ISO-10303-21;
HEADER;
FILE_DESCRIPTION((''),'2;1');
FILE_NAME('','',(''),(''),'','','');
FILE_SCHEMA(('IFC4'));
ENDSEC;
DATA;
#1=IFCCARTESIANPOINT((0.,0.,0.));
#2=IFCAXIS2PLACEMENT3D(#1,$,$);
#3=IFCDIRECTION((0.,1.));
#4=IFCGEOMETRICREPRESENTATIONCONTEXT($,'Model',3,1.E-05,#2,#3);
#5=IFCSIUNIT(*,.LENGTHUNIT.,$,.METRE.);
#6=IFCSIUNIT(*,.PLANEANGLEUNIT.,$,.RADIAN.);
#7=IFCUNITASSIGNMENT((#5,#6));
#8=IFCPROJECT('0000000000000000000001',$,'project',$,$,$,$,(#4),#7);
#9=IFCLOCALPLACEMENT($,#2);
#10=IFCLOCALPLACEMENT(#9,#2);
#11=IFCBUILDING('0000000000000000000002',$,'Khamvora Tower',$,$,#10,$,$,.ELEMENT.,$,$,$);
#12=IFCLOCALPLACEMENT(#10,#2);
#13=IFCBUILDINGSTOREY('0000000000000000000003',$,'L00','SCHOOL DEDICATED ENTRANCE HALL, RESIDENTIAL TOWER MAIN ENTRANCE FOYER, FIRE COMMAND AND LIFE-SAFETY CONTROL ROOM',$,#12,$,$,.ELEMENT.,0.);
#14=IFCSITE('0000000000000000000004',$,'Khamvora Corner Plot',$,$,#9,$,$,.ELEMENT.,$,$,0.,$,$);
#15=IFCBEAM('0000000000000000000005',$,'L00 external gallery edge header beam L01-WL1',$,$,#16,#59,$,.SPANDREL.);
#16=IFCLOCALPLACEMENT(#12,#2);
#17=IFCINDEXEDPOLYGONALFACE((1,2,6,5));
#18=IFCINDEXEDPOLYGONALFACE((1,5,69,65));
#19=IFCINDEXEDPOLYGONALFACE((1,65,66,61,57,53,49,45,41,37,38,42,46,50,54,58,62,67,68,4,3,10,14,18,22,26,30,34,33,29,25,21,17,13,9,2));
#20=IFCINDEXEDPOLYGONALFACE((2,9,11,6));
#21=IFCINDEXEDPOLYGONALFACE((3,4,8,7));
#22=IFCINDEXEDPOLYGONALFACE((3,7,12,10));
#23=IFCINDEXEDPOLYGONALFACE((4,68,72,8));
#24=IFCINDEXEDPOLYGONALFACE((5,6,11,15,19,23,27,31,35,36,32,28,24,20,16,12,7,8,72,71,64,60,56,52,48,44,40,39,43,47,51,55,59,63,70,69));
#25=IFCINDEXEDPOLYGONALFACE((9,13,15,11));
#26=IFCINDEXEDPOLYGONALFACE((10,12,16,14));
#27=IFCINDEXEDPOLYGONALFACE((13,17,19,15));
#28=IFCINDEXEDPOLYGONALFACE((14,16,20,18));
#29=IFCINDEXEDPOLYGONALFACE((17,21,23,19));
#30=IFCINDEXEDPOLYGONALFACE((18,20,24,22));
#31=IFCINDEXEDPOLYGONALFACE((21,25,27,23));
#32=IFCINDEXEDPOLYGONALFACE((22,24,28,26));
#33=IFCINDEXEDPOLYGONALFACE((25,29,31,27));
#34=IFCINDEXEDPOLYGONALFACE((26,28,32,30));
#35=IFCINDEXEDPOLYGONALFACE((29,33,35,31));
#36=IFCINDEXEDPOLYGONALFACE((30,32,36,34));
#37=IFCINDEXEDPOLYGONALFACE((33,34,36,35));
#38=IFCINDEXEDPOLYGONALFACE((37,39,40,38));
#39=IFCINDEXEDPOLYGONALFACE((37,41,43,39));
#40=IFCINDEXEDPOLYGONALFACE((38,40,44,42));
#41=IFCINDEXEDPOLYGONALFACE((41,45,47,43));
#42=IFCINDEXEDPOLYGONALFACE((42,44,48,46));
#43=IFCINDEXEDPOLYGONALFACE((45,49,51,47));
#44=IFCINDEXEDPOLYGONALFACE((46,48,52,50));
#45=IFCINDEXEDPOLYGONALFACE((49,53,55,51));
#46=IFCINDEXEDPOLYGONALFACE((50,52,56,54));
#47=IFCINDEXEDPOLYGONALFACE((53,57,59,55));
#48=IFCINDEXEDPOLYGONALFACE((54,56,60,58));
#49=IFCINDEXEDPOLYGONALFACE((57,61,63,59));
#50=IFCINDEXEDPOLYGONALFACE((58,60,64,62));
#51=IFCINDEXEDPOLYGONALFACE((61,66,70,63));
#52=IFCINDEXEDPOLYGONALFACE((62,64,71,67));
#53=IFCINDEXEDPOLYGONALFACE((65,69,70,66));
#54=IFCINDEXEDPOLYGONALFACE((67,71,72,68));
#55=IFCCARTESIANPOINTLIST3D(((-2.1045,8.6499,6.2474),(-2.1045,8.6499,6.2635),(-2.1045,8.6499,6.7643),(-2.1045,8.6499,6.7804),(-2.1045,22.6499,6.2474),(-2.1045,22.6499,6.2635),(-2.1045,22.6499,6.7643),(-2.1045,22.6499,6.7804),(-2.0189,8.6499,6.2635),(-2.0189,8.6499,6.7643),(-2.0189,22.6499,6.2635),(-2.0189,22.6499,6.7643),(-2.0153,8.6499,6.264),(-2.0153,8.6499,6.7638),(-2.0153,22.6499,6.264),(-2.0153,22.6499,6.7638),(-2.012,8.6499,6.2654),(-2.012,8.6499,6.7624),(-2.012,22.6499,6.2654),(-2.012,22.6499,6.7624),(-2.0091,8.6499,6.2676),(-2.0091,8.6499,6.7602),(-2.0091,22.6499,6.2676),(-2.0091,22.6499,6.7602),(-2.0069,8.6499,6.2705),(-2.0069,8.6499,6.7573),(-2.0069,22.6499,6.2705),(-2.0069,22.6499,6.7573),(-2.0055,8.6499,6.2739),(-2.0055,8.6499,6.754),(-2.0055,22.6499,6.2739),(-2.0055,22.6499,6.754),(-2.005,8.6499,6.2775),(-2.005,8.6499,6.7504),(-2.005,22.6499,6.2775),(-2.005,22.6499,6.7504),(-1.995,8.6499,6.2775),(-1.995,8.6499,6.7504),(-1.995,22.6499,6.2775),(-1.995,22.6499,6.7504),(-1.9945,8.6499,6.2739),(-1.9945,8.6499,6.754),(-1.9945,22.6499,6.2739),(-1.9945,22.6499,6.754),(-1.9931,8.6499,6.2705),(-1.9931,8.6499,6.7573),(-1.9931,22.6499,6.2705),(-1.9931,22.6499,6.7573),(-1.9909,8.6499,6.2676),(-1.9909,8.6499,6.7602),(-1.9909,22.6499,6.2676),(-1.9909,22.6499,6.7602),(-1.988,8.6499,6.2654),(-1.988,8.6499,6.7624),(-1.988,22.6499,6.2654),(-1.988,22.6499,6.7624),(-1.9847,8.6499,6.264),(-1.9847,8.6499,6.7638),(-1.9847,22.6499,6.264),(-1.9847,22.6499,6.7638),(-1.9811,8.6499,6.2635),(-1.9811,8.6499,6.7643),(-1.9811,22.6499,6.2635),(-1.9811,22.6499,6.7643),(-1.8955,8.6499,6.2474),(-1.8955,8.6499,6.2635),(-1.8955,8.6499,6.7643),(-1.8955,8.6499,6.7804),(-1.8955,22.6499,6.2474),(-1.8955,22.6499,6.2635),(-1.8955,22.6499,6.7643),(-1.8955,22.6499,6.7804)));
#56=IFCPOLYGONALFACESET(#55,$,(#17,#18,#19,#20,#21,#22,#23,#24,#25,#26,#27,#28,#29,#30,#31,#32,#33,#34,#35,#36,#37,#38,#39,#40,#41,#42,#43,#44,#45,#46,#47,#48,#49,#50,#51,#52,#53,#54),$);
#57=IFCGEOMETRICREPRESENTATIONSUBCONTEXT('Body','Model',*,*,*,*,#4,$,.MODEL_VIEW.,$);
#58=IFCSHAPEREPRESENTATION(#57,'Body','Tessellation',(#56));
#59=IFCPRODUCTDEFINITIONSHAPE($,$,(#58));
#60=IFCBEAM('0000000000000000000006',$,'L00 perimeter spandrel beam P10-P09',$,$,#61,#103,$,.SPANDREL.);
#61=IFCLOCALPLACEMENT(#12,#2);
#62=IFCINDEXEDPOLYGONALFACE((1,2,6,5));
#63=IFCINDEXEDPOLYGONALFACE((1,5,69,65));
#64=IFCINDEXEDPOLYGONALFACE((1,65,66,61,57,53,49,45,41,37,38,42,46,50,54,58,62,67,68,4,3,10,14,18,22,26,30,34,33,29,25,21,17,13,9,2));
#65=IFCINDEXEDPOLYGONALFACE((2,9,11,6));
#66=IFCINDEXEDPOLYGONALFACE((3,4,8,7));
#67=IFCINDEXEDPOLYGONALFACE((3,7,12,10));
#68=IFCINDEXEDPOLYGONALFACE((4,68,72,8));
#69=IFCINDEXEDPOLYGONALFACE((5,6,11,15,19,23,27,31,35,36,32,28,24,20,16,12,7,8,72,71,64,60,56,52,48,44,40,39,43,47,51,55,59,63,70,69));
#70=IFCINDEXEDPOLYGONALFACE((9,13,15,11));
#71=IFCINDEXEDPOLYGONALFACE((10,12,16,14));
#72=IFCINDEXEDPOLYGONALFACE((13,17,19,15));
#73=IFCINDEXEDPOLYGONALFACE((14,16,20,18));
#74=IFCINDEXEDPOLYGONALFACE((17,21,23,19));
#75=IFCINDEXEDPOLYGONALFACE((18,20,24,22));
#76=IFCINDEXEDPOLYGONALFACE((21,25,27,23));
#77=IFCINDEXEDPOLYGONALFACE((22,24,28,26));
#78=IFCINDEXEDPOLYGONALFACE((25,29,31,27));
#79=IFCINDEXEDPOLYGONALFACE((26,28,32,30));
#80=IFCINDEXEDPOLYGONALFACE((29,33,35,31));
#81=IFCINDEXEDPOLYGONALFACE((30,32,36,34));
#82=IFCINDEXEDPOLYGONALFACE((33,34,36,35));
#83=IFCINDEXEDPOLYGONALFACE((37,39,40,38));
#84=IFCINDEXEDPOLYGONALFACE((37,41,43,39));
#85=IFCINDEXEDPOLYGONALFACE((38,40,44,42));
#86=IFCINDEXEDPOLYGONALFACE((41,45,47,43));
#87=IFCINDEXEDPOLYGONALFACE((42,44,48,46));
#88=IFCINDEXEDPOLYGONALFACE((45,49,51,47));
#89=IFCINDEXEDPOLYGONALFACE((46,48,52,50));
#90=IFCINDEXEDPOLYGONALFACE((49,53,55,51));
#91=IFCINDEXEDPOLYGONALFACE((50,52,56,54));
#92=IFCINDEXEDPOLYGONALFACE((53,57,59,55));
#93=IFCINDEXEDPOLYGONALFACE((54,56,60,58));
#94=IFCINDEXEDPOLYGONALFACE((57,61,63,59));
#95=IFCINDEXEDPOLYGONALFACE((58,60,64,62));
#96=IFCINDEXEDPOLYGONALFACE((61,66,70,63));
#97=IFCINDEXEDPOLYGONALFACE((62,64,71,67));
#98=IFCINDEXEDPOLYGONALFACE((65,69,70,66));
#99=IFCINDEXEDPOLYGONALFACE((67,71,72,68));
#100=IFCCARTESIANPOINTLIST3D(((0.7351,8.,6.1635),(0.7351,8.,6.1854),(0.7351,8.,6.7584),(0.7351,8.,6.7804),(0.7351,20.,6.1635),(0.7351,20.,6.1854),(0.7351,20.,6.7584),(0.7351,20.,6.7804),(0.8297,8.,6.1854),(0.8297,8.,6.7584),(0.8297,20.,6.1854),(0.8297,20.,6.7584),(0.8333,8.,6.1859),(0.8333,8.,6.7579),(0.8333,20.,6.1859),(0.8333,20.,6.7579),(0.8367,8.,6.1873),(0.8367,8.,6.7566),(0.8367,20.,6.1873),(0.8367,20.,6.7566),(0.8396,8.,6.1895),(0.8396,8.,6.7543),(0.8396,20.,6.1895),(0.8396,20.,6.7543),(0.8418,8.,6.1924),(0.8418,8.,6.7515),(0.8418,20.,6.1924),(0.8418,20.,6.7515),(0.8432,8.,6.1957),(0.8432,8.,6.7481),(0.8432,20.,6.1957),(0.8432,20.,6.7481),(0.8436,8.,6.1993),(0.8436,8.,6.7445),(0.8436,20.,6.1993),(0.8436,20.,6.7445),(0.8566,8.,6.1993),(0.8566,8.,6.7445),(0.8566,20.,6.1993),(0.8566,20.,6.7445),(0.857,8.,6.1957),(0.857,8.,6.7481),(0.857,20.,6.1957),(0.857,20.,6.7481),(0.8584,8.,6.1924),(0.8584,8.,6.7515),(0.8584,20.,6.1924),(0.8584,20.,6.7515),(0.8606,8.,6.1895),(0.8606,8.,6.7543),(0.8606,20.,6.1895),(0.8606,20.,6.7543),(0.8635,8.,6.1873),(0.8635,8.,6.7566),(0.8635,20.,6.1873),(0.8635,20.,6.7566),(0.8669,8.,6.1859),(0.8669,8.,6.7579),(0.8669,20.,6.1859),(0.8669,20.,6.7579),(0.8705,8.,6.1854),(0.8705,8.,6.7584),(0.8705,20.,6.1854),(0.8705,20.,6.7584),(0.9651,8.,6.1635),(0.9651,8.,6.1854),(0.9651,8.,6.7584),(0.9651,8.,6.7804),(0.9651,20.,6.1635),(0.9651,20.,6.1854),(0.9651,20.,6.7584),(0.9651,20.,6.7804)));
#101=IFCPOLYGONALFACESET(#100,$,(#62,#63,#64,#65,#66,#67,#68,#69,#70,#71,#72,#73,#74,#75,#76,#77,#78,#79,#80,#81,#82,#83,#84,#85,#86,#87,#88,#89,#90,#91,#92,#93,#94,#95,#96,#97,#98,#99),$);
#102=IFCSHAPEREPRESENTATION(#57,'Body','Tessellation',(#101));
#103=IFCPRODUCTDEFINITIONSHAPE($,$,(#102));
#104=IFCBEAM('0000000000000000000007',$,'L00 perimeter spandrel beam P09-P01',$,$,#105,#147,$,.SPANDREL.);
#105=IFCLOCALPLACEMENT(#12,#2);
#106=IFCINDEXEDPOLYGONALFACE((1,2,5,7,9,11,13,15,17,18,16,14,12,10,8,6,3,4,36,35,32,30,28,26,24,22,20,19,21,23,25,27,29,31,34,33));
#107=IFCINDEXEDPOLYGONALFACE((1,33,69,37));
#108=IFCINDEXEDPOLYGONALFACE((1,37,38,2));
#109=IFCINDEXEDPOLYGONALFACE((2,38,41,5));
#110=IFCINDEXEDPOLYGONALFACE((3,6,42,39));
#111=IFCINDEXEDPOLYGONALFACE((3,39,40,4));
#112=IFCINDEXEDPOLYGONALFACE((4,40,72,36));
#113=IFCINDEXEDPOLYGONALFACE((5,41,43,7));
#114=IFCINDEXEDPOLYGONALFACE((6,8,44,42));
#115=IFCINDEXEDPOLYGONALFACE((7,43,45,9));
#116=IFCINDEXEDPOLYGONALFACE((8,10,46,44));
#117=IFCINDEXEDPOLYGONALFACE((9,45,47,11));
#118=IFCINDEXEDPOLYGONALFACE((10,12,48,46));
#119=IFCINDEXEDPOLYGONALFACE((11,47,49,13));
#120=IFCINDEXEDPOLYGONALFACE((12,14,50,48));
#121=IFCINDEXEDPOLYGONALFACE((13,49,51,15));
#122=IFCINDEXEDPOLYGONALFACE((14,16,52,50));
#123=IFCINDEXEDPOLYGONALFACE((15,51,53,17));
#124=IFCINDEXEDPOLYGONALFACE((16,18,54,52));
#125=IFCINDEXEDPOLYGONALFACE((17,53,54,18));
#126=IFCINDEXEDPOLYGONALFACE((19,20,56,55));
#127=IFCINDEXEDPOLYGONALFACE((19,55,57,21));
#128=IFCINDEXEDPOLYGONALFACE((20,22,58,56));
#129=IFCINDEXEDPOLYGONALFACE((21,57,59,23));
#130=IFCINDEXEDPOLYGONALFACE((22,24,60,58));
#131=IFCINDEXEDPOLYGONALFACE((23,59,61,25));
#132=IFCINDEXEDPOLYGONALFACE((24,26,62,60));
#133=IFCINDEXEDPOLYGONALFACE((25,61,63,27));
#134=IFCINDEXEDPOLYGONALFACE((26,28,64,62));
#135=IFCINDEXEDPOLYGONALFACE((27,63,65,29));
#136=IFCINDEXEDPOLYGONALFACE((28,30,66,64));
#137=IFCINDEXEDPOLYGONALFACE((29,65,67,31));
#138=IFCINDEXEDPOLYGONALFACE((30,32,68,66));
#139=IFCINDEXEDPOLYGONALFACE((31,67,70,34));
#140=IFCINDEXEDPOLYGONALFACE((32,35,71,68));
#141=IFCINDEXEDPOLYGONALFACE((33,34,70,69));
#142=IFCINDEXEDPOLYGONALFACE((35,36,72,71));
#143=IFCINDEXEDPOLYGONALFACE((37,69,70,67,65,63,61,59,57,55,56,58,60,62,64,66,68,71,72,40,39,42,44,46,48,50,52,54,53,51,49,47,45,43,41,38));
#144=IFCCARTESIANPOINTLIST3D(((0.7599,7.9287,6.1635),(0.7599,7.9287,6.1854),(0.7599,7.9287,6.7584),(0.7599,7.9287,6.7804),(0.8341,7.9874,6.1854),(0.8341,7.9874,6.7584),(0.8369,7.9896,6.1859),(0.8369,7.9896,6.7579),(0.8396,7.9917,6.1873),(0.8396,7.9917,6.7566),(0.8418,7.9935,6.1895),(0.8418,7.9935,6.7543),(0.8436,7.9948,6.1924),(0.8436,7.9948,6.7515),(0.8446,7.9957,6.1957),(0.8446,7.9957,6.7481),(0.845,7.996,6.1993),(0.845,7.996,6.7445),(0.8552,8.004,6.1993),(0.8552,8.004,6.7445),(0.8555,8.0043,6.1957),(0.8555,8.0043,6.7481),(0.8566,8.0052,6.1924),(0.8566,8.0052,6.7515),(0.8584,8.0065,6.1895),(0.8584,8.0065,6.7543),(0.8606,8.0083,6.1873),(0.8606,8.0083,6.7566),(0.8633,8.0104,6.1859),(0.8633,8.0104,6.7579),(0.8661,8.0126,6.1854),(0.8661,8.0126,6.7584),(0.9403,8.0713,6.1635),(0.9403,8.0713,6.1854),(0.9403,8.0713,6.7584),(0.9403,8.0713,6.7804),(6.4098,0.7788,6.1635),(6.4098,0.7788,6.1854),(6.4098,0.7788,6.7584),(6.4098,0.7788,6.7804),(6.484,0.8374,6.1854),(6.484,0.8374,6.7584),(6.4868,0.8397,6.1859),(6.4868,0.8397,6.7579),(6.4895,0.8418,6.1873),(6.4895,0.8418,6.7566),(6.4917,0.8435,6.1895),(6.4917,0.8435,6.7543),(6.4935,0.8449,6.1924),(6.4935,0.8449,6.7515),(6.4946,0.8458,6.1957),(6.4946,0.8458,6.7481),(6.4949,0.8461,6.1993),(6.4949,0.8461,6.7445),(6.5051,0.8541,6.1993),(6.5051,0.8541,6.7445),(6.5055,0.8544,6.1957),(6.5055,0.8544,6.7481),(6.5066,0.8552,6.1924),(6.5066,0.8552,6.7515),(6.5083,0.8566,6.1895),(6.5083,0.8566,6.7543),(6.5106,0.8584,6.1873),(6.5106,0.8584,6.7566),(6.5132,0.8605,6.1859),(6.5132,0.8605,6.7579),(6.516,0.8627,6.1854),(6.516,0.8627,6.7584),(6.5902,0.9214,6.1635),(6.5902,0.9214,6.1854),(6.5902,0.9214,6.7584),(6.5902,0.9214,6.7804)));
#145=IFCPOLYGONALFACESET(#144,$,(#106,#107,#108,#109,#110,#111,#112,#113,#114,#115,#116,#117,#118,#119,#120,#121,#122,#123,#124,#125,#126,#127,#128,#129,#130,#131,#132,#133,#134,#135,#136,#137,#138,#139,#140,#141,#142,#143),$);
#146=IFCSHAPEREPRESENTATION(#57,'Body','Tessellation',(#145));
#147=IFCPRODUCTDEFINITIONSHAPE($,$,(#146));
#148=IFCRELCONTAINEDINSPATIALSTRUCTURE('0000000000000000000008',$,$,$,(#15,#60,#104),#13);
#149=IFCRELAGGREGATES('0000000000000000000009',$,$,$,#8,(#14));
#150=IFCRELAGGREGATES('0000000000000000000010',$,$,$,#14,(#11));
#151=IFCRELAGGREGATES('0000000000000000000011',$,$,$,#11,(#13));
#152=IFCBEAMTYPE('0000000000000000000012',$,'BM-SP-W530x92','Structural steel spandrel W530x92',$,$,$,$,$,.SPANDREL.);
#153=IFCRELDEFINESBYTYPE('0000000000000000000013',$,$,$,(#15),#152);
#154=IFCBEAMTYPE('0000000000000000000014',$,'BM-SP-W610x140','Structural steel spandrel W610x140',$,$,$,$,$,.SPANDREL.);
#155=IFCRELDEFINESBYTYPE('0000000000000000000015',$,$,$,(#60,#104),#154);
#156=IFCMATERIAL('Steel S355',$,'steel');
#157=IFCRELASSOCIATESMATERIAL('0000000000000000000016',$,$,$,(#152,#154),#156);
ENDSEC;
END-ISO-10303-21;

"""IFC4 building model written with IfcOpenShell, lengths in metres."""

from ifc_helpers import new_model, si_unit, direction, frame, origin, origin_2d, place, context, subcontext, project, spatial, i_section, extrude, material, material_profile, profile_set, type_object, element, save


model = new_model("IFC4")

# Units and contexts
model_context = context("Model", 3, precision=1e-05, world=origin(), true_north=direction((0.0, 1.0)))
body_context = subcontext(model_context, "Body", "Model", "MODEL_VIEW")
ifc_project = project(units=[si_unit("LENGTHUNIT", "METRE"), si_unit("PLANEANGLEUNIT", "RADIAN")], contexts=[model_context])

# Site, building, storey
site_placement = place(None, origin())
site = spatial("IfcSite", under=ifc_project, at=site_placement, Name="Khamvora Corner Plot", CompositionType="ELEMENT", RefElevation=0.0)
building_placement = place(site_placement, origin())
building = spatial("IfcBuilding", under=site, at=building_placement, Name="Khamvora Tower", CompositionType="ELEMENT")
storey_placement = place(building_placement, origin())
storey = spatial("IfcBuildingStorey", under=building, at=storey_placement, Name="L00", Description="SCHOOL DEDICATED ENTRANCE HALL, RESIDENTIAL TOWER MAIN ENTRANCE FOYER, FIRE COMMAND AND LIFE-SAFETY CONTROL ROOM", CompositionType="ELEMENT", Elevation=0.0)

# Beams
ifc_material_1 = material(Name="Steel S355", Category="steel")
ifc_material_profile_1 = material_profile(ifc_material_1, i_section(OverallWidth=0.209, OverallDepth=0.533, WebThickness=0.01, FlangeThickness=0.0161, FilletRadius=0.0139, at=origin_2d()), Name="W530x92")
ifc_profile_set_1 = profile_set([ifc_material_profile_1], Name="Steel S355")
beam_type_1 = type_object("IfcBeamType", Name="BM-SP-W530x92", Description="Structural steel spandrel W530x92", PredefinedType="SPANDREL", material=ifc_profile_set_1)
beam_1_placement = place(storey_placement, frame((-2.0, 8.6499, 6.5139), z_axis=(0.0, 1.0, 0.0), x_axis=(-1.0, 0.0, 0.0)))
element("IfcBeam", 1, at=beam_1_placement, inside=storey, type_object=beam_type_1, Name="L00 external gallery edge header beam L01-WL1", PredefinedType="SPANDREL", context=body_context, shape_type="SweptSolid", body=[
    extrude(i_section(OverallWidth=0.209, OverallDepth=0.533, WebThickness=0.01, FlangeThickness=0.0161, FilletRadius=0.0139, at=origin_2d()), origin(), (0.0, 0.0, 1.0), 14.0),
])
ifc_material_profile_2 = material_profile(ifc_material_1, i_section(OverallWidth=0.23, OverallDepth=0.6169, WebThickness=0.0129, FlangeThickness=0.022, FilletRadius=0.0139, at=origin_2d()), Name="W610x140")
ifc_profile_set_2 = profile_set([ifc_material_profile_2], Name="Steel S355")
beam_type_2 = type_object("IfcBeamType", Name="BM-SP-W610x140", Description="Structural steel spandrel W610x140", PredefinedType="SPANDREL", material=ifc_profile_set_2)
beam_2_placement = place(storey_placement, frame((0.8501, 20.0, 6.4719), z_axis=(0.0, -1.0, 0.0), x_axis=(1.0, 0.0, 0.0)))
element("IfcBeam", 2, at=beam_2_placement, inside=storey, type_object=beam_type_2, Name="L00 perimeter spandrel beam P10-P09", PredefinedType="SPANDREL", context=body_context, shape_type="SweptSolid", body=[
    extrude(i_section(OverallWidth=0.23, OverallDepth=0.6169, WebThickness=0.0129, FlangeThickness=0.022, FilletRadius=0.0139, at=origin_2d()), origin(), (0.0, 0.0, 1.0), 12.0),
])
beam_3_placement = place(storey_placement, frame((0.8501, 8.0, 6.4719), z_axis=(0.619999, -0.784603, 0.0), x_axis=(0.784603, 0.619999, 0.0)))
element("IfcBeam", 3, at=beam_3_placement, inside=storey, type_object=beam_type_2, Name="L00 perimeter spandrel beam P09-P01", PredefinedType="SPANDREL", context=body_context, shape_type="SweptSolid", body=[
    extrude(i_section(OverallWidth=0.23, OverallDepth=0.6169, WebThickness=0.0129, FlangeThickness=0.022, FilletRadius=0.0139, at=origin_2d()), origin(), (0.0, 0.0, 1.0), 9.1128),
])

save(model, "model.ifc")
